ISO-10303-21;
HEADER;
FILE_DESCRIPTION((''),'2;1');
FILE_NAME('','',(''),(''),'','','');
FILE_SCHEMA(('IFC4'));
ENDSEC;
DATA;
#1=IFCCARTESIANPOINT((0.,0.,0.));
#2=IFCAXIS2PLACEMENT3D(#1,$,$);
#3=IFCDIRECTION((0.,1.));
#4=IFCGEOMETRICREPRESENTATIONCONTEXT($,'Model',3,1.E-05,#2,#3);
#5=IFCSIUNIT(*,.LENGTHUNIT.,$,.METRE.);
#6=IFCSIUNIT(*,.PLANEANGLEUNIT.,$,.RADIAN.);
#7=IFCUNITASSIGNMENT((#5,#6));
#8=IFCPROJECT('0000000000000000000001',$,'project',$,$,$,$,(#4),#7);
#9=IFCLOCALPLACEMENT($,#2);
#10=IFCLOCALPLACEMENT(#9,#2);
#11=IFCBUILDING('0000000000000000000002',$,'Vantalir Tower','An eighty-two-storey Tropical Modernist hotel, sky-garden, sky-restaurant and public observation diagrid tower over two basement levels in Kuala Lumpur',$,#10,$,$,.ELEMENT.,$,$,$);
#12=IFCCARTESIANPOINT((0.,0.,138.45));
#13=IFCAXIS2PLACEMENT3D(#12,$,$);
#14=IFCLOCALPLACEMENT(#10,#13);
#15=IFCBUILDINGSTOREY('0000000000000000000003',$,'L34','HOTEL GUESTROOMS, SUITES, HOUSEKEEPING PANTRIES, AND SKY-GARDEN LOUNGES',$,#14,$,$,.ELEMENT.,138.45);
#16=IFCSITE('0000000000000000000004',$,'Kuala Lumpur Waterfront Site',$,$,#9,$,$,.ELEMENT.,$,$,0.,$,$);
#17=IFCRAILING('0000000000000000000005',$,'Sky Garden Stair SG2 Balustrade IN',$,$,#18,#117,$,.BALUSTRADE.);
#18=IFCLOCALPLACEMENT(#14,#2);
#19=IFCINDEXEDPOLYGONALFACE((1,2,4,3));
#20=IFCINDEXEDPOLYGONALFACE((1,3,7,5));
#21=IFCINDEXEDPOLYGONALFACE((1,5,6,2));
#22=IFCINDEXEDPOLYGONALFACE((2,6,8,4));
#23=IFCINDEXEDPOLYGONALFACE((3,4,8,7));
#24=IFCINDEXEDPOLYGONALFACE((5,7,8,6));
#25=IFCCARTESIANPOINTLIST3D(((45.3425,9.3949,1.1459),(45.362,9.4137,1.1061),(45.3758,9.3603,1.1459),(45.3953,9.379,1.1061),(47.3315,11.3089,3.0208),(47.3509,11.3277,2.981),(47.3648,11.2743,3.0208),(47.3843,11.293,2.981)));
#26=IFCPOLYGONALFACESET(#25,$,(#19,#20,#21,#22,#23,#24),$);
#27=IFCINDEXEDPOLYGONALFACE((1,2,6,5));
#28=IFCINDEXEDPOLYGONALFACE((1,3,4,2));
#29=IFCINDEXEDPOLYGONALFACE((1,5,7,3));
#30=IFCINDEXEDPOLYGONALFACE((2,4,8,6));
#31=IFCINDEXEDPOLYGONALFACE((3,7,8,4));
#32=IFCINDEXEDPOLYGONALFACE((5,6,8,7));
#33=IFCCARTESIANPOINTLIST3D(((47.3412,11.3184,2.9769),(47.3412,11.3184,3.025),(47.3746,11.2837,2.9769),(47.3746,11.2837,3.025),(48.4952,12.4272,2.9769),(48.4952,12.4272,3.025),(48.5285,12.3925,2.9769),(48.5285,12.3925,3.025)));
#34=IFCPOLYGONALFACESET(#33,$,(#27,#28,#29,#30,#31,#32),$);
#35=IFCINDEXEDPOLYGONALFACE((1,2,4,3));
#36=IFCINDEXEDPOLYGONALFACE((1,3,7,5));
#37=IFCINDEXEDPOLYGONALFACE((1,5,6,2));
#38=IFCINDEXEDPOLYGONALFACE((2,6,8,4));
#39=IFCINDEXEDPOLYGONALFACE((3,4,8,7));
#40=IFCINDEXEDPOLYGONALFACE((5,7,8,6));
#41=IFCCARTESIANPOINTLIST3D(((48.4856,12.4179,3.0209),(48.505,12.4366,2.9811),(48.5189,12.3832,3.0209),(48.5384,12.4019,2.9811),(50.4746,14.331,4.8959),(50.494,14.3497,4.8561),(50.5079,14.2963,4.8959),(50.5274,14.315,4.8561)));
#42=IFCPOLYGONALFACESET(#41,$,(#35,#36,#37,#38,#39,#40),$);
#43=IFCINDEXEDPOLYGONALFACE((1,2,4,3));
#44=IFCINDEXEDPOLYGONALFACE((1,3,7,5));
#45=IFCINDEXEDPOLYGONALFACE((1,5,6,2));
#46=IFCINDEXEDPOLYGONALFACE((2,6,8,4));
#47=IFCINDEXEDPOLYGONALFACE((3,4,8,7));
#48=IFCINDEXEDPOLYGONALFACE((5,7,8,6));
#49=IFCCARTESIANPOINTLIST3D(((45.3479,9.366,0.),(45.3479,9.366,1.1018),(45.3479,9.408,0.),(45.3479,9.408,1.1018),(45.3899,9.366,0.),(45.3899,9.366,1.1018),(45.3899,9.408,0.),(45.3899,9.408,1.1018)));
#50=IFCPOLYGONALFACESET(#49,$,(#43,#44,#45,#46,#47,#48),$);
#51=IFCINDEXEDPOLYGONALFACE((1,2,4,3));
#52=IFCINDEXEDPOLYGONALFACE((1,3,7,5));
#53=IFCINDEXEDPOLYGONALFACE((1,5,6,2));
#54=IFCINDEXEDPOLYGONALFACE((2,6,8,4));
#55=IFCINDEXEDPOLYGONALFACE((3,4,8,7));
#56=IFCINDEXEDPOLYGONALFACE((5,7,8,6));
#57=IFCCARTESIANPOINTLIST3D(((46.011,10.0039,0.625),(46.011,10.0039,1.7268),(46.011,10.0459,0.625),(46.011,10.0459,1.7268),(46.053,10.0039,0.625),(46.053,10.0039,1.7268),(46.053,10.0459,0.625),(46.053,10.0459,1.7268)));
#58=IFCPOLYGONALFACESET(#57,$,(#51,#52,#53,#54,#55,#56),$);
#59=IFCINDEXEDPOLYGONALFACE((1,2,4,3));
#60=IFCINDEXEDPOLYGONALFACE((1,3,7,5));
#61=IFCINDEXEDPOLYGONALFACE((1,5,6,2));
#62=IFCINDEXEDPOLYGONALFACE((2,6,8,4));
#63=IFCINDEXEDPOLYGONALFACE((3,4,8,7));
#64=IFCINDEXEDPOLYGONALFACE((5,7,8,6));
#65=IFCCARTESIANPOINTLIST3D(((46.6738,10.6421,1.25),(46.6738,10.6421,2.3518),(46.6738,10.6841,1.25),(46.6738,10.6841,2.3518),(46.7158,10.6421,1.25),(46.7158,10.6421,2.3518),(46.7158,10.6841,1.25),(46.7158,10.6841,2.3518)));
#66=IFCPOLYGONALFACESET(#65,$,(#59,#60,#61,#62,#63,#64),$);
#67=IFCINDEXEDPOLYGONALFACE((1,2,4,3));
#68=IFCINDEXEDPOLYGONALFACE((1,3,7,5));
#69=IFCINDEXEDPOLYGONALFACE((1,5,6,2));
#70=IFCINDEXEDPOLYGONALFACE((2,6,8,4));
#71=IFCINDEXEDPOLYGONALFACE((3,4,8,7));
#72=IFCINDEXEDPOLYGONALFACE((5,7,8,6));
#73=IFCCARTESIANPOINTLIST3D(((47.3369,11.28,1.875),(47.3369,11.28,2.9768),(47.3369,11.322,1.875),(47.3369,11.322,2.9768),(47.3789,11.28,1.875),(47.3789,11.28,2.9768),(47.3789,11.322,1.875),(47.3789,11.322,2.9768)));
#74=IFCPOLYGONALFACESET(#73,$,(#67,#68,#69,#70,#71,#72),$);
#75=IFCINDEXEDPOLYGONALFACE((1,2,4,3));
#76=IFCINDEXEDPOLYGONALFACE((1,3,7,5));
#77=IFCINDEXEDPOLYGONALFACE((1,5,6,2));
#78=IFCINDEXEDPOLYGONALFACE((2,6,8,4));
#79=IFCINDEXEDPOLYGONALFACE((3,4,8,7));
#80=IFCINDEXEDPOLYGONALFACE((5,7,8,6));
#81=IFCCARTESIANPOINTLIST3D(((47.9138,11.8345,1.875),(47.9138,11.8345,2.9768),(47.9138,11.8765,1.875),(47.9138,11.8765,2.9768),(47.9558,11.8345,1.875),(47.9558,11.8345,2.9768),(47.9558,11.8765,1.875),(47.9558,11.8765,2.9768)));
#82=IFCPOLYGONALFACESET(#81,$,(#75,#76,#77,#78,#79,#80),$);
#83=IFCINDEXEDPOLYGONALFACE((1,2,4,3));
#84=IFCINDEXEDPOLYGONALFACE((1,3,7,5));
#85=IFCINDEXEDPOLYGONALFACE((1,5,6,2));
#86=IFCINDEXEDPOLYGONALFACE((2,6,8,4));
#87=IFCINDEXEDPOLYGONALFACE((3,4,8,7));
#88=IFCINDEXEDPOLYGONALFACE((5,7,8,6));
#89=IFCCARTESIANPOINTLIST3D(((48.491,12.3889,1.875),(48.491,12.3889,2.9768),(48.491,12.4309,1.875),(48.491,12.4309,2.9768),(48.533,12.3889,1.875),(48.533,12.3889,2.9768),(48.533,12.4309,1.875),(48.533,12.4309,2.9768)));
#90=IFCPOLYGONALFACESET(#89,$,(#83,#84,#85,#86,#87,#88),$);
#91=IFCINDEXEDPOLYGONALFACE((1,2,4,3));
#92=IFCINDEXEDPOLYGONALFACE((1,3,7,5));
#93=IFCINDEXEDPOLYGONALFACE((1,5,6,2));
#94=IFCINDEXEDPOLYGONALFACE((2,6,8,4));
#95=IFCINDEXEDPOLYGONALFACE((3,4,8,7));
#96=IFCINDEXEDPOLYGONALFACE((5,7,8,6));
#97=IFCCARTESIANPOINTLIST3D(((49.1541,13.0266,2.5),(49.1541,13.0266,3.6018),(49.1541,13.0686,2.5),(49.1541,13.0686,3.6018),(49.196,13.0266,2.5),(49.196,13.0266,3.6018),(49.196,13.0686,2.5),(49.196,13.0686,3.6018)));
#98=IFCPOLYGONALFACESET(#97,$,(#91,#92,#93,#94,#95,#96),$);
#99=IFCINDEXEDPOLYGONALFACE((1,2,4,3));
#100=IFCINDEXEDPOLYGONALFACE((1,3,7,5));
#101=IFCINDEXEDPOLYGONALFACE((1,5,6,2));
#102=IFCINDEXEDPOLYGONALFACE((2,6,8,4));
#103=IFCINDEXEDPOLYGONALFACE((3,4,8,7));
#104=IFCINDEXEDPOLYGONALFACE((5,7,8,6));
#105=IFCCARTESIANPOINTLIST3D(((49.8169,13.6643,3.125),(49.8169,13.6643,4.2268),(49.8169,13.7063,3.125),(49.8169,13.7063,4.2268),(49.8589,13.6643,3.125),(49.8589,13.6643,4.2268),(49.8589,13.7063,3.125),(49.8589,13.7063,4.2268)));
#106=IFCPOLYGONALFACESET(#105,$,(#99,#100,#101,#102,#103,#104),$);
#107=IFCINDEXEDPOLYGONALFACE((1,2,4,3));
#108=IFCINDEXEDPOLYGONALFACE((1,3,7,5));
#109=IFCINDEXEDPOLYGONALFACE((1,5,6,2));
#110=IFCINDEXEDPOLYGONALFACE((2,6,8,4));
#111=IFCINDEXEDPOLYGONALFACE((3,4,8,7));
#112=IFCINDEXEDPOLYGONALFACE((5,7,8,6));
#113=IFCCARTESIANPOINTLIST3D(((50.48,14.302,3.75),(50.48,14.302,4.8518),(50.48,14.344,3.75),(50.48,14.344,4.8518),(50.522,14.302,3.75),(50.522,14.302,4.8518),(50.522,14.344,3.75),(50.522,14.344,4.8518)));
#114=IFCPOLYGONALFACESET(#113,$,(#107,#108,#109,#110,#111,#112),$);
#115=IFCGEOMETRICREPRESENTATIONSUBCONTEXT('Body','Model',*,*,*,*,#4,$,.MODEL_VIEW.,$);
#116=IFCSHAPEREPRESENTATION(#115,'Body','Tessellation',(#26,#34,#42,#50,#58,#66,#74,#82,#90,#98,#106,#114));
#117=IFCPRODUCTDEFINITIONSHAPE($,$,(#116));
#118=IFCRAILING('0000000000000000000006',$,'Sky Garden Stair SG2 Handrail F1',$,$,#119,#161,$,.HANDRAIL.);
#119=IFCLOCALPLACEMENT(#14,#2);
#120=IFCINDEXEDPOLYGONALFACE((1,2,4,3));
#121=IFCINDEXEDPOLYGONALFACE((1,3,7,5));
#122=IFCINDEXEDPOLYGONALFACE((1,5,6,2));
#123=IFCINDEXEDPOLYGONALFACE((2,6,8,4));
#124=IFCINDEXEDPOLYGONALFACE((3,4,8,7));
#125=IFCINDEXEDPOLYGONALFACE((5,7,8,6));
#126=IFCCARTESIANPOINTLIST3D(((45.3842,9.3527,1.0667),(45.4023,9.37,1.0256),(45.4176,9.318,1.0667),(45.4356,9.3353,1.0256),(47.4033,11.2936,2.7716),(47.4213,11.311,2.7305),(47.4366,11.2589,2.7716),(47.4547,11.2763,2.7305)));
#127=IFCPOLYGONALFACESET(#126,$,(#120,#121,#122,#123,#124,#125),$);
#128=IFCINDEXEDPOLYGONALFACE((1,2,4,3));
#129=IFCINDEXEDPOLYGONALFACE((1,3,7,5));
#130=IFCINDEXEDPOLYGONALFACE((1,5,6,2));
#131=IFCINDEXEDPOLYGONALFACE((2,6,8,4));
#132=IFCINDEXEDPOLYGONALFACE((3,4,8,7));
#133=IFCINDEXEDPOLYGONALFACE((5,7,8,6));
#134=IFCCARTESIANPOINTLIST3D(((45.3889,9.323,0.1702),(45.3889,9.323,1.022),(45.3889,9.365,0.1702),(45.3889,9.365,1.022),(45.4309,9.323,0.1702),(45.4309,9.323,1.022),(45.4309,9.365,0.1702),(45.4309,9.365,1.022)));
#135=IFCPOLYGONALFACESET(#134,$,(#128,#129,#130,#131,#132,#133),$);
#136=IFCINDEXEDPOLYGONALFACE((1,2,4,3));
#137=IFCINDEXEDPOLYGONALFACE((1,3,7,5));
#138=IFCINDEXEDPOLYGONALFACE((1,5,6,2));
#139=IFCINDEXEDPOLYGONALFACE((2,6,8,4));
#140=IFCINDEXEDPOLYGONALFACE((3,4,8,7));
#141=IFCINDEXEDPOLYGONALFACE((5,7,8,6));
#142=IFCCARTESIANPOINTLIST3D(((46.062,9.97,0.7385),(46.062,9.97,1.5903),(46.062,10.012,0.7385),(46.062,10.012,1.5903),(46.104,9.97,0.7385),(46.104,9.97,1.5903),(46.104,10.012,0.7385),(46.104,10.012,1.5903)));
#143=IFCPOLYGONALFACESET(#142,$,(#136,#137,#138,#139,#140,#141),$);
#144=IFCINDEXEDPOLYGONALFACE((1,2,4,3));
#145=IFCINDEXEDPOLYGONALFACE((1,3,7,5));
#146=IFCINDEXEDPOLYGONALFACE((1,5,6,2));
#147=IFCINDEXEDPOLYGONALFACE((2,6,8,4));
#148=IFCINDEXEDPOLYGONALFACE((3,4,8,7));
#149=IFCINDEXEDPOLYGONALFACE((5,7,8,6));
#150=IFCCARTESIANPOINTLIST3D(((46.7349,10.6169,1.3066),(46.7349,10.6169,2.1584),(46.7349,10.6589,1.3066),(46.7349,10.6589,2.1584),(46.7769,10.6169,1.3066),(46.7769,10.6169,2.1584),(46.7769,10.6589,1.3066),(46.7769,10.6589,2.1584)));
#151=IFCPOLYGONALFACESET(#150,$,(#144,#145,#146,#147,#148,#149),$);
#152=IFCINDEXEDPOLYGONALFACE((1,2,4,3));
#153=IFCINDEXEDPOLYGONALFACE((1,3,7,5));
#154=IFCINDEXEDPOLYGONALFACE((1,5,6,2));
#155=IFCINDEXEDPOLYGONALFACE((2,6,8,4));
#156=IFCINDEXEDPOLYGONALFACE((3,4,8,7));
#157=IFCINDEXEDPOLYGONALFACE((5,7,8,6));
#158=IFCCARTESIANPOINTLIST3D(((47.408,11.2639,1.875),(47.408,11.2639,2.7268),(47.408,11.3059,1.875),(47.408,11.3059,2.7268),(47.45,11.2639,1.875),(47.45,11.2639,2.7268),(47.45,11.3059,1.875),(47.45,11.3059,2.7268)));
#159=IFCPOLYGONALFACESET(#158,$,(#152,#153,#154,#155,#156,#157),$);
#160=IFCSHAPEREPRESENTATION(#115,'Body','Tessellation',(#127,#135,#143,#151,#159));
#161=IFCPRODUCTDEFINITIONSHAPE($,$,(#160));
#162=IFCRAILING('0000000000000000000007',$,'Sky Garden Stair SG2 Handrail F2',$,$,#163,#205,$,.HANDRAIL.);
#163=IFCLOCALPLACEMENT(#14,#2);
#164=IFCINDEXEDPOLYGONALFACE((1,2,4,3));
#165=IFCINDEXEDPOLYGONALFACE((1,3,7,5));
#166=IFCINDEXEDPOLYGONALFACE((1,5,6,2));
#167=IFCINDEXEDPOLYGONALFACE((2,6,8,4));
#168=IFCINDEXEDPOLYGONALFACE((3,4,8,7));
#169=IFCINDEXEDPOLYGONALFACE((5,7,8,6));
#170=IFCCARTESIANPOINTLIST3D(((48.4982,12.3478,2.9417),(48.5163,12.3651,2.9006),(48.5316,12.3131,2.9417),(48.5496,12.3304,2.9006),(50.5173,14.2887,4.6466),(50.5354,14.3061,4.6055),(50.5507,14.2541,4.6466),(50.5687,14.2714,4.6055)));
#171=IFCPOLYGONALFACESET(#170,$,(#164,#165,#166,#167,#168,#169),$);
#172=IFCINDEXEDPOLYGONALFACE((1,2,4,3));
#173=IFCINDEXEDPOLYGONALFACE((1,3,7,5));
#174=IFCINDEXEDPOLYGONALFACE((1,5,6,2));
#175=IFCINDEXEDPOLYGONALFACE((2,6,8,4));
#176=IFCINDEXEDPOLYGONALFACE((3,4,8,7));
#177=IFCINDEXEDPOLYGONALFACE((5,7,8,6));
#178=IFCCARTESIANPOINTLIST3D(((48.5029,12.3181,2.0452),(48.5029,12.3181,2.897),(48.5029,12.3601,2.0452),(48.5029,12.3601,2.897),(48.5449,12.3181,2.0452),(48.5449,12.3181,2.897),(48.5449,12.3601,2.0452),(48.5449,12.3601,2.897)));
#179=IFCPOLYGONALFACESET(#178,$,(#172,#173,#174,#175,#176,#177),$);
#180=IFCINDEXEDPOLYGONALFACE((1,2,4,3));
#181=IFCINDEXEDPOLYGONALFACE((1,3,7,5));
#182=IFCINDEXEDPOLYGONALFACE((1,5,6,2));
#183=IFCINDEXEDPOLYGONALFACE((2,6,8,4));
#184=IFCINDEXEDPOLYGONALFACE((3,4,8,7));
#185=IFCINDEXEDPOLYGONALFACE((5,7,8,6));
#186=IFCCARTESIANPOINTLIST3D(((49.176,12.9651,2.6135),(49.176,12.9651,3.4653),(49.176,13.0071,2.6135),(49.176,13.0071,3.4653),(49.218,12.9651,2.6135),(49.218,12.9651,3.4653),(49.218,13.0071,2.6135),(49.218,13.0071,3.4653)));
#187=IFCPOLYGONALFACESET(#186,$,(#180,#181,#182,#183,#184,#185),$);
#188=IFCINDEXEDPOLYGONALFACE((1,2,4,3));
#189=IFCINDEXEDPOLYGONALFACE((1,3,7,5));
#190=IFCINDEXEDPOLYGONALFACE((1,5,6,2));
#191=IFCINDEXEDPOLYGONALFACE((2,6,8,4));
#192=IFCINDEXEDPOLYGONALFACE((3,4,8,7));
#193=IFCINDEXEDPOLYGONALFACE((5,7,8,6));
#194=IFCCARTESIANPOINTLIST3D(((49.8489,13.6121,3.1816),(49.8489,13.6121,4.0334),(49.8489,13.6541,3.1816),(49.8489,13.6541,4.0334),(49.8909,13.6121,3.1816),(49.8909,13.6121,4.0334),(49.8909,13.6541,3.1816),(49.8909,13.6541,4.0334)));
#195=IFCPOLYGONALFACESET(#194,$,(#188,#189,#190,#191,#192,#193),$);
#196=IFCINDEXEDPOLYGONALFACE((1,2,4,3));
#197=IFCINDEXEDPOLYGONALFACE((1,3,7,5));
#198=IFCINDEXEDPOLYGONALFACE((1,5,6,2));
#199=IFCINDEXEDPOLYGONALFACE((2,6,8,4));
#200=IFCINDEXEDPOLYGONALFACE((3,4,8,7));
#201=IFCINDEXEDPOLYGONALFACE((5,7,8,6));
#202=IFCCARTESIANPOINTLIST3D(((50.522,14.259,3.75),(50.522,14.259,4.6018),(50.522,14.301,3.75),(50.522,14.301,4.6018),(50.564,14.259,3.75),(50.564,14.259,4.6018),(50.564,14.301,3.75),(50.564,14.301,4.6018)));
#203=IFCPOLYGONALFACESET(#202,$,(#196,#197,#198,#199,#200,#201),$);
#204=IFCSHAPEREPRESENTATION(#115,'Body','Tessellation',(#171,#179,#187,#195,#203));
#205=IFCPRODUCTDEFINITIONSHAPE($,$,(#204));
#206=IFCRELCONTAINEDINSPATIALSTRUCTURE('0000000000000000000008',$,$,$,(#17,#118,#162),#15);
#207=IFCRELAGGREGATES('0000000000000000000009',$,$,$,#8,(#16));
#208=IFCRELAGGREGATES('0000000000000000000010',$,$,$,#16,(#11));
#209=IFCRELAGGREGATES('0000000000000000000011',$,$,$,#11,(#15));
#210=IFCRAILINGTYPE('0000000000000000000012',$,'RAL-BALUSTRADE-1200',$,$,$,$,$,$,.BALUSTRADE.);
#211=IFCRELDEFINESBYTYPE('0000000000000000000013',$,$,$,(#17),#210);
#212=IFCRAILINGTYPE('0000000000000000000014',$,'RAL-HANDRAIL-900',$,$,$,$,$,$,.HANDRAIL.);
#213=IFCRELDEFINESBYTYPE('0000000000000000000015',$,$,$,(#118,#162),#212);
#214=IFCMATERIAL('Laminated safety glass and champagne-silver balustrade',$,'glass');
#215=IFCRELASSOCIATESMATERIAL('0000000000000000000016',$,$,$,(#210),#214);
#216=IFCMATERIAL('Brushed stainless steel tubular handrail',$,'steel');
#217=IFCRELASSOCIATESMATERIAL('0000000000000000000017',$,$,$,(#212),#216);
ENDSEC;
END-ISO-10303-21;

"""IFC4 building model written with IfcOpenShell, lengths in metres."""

from ifc_helpers import new_model, si_unit, direction, frame, origin, origin_2d, place, context, subcontext, project, spatial, rectangle, extrude, material, type_object, element, save


model = new_model("IFC4")

# Units and contexts
model_context = context("Model", 3, precision=1e-05, world=origin(), true_north=direction((0.0, 1.0)))
body_context = subcontext(model_context, "Body", "Model", "MODEL_VIEW")
ifc_project = project(units=[si_unit("LENGTHUNIT", "METRE"), si_unit("PLANEANGLEUNIT", "RADIAN")], contexts=[model_context])

# Site, building, storey
site_placement = place(None, origin())
site = spatial("IfcSite", under=ifc_project, at=site_placement, Name="Kuala Lumpur Waterfront Site", CompositionType="ELEMENT", RefElevation=0.0)
building_placement = place(site_placement, origin())
building = spatial("IfcBuilding", under=site, at=building_placement, Name="Vantalir Tower", Description="An eighty-two-storey Tropical Modernist hotel, sky-garden, sky-restaurant and public observation diagrid tower over two basement levels in Kuala Lumpur", CompositionType="ELEMENT")
storey_placement = place(building_placement, frame((0.0, 0.0, 138.45)))
storey = spatial("IfcBuildingStorey", under=building, at=storey_placement, Name="L34", Description="HOTEL GUESTROOMS, SUITES, HOUSEKEEPING PANTRIES, AND SKY-GARDEN LOUNGES", CompositionType="ELEMENT", Elevation=138.45)

# Railings
ifc_material_1 = material(Name="Laminated safety glass and champagne-silver balustrade", Category="glass")
railing_type_1 = type_object("IfcRailingType", Name="RAL-BALUSTRADE-1200", PredefinedType="BALUSTRADE", material=ifc_material_1)
railing_1_placement = place(storey_placement, frame((45.3689, 9.387, 0.0)))
element("IfcRailing", 1, at=railing_1_placement, inside=storey, type_object=railing_type_1, Name="Sky Garden Stair SG2 Balustrade IN", PredefinedType="BALUSTRADE", context=body_context, shape_type="SweptSolid", body=[
    extrude(rectangle(XDim=0.0481, YDim=0.0481, at=origin_2d()), frame((0.0, 0.0, 1.126), z_axis=(0.596052, 0.573591, 0.561885), x_axis=(-0.6934, 0.720553, 0.0)), (0.0, 0.0, 1.0), 3.3369),
    extrude(rectangle(XDim=0.0481, YDim=0.0481, at=origin_2d()), frame((1.989, 1.9141, 3.001), z_axis=(0.721076, 0.692856, 0.0), x_axis=(-0.692856, 0.721076, 0.0)), (0.0, 0.0, 1.0), 1.6003),
    extrude(rectangle(XDim=0.0481, YDim=0.0481, at=origin_2d()), frame((3.1431, 3.0229, 3.001), z_axis=(0.596152, 0.573395, 0.56198), x_axis=(-0.693217, 0.720729, 0.0)), (0.0, 0.0, 1.0), 3.3364),
    extrude(rectangle(XDim=0.042, YDim=0.042, at=origin_2d()), origin(), (0.0, 0.0, 1.0), 1.1018),
    extrude(rectangle(XDim=0.042, YDim=0.042, at=origin_2d()), frame((0.6631, 0.6379, 0.625)), (0.0, 0.0, 1.0), 1.1018),
    extrude(rectangle(XDim=0.042, YDim=0.042, at=origin_2d()), frame((1.3259, 1.2761, 1.25)), (0.0, 0.0, 1.0), 1.1018),
    extrude(rectangle(XDim=0.042, YDim=0.042, at=origin_2d()), frame((1.989, 1.9141, 1.875)), (0.0, 0.0, 1.0), 1.1018),
    extrude(rectangle(XDim=0.042, YDim=0.042, at=origin_2d()), frame((2.5659, 2.4685, 1.875)), (0.0, 0.0, 1.0), 1.1018),
    extrude(rectangle(XDim=0.042, YDim=0.042, at=origin_2d()), frame((3.1431, 3.0229, 1.875)), (0.0, 0.0, 1.0), 1.1018),
    extrude(rectangle(XDim=0.042, YDim=0.042, at=origin_2d()), frame((3.8062, 3.6606, 2.5)), (0.0, 0.0, 1.0), 1.1018),
    extrude(rectangle(XDim=0.042, YDim=0.042, at=origin_2d()), frame((4.469, 4.2983, 3.125)), (0.0, 0.0, 1.0), 1.1018),
    extrude(rectangle(XDim=0.042, YDim=0.042, at=origin_2d()), frame((5.1321, 4.936, 3.75)), (0.0, 0.0, 1.0), 1.1018),
])
ifc_material_2 = material(Name="Brushed stainless steel tubular handrail", Category="steel")
railing_type_2 = type_object("IfcRailingType", Name="RAL-HANDRAIL-900", PredefinedType="HANDRAIL", material=ifc_material_2)
for number, where, name in (
    (2, (45.4099, 9.344, 0.1702), "Sky Garden Stair SG2 Handrail F1"),
    (3, (48.5239, 12.3391, 2.0452), "Sky Garden Stair SG2 Handrail F2"),
):
    element("IfcRailing", number, at=place(storey_placement, frame(where)), inside=storey, type_object=railing_type_2, Name=name, PredefinedType="HANDRAIL", context=body_context, shape_type="SweptSolid", body=[
        extrude(rectangle(XDim=0.0481, YDim=0.0481, at=origin_2d()), frame((0.0, 0.0, 0.876), z_axis=(0.615798, 0.59197, 0.519966), x_axis=(-0.693022, 0.720917, 0.0)), (0.0, 0.0, 1.0), 3.2788),
        extrude(rectangle(XDim=0.042, YDim=0.042, at=origin_2d()), origin(), (0.0, 0.0, 1.0), 0.8518),
        extrude(rectangle(XDim=0.042, YDim=0.042, at=origin_2d()), frame((0.6731, 0.647, 0.5684)), (0.0, 0.0, 1.0), 0.8518),
        extrude(rectangle(XDim=0.042, YDim=0.042, at=origin_2d()), frame((1.3459, 1.2939, 1.1365)), (0.0, 0.0, 1.0), 0.8518),
        extrude(rectangle(XDim=0.042, YDim=0.042, at=origin_2d()), frame((2.019, 1.9409, 1.7048)), (0.0, 0.0, 1.0), 0.8518),
    ])

save(model, "model.ifc")
